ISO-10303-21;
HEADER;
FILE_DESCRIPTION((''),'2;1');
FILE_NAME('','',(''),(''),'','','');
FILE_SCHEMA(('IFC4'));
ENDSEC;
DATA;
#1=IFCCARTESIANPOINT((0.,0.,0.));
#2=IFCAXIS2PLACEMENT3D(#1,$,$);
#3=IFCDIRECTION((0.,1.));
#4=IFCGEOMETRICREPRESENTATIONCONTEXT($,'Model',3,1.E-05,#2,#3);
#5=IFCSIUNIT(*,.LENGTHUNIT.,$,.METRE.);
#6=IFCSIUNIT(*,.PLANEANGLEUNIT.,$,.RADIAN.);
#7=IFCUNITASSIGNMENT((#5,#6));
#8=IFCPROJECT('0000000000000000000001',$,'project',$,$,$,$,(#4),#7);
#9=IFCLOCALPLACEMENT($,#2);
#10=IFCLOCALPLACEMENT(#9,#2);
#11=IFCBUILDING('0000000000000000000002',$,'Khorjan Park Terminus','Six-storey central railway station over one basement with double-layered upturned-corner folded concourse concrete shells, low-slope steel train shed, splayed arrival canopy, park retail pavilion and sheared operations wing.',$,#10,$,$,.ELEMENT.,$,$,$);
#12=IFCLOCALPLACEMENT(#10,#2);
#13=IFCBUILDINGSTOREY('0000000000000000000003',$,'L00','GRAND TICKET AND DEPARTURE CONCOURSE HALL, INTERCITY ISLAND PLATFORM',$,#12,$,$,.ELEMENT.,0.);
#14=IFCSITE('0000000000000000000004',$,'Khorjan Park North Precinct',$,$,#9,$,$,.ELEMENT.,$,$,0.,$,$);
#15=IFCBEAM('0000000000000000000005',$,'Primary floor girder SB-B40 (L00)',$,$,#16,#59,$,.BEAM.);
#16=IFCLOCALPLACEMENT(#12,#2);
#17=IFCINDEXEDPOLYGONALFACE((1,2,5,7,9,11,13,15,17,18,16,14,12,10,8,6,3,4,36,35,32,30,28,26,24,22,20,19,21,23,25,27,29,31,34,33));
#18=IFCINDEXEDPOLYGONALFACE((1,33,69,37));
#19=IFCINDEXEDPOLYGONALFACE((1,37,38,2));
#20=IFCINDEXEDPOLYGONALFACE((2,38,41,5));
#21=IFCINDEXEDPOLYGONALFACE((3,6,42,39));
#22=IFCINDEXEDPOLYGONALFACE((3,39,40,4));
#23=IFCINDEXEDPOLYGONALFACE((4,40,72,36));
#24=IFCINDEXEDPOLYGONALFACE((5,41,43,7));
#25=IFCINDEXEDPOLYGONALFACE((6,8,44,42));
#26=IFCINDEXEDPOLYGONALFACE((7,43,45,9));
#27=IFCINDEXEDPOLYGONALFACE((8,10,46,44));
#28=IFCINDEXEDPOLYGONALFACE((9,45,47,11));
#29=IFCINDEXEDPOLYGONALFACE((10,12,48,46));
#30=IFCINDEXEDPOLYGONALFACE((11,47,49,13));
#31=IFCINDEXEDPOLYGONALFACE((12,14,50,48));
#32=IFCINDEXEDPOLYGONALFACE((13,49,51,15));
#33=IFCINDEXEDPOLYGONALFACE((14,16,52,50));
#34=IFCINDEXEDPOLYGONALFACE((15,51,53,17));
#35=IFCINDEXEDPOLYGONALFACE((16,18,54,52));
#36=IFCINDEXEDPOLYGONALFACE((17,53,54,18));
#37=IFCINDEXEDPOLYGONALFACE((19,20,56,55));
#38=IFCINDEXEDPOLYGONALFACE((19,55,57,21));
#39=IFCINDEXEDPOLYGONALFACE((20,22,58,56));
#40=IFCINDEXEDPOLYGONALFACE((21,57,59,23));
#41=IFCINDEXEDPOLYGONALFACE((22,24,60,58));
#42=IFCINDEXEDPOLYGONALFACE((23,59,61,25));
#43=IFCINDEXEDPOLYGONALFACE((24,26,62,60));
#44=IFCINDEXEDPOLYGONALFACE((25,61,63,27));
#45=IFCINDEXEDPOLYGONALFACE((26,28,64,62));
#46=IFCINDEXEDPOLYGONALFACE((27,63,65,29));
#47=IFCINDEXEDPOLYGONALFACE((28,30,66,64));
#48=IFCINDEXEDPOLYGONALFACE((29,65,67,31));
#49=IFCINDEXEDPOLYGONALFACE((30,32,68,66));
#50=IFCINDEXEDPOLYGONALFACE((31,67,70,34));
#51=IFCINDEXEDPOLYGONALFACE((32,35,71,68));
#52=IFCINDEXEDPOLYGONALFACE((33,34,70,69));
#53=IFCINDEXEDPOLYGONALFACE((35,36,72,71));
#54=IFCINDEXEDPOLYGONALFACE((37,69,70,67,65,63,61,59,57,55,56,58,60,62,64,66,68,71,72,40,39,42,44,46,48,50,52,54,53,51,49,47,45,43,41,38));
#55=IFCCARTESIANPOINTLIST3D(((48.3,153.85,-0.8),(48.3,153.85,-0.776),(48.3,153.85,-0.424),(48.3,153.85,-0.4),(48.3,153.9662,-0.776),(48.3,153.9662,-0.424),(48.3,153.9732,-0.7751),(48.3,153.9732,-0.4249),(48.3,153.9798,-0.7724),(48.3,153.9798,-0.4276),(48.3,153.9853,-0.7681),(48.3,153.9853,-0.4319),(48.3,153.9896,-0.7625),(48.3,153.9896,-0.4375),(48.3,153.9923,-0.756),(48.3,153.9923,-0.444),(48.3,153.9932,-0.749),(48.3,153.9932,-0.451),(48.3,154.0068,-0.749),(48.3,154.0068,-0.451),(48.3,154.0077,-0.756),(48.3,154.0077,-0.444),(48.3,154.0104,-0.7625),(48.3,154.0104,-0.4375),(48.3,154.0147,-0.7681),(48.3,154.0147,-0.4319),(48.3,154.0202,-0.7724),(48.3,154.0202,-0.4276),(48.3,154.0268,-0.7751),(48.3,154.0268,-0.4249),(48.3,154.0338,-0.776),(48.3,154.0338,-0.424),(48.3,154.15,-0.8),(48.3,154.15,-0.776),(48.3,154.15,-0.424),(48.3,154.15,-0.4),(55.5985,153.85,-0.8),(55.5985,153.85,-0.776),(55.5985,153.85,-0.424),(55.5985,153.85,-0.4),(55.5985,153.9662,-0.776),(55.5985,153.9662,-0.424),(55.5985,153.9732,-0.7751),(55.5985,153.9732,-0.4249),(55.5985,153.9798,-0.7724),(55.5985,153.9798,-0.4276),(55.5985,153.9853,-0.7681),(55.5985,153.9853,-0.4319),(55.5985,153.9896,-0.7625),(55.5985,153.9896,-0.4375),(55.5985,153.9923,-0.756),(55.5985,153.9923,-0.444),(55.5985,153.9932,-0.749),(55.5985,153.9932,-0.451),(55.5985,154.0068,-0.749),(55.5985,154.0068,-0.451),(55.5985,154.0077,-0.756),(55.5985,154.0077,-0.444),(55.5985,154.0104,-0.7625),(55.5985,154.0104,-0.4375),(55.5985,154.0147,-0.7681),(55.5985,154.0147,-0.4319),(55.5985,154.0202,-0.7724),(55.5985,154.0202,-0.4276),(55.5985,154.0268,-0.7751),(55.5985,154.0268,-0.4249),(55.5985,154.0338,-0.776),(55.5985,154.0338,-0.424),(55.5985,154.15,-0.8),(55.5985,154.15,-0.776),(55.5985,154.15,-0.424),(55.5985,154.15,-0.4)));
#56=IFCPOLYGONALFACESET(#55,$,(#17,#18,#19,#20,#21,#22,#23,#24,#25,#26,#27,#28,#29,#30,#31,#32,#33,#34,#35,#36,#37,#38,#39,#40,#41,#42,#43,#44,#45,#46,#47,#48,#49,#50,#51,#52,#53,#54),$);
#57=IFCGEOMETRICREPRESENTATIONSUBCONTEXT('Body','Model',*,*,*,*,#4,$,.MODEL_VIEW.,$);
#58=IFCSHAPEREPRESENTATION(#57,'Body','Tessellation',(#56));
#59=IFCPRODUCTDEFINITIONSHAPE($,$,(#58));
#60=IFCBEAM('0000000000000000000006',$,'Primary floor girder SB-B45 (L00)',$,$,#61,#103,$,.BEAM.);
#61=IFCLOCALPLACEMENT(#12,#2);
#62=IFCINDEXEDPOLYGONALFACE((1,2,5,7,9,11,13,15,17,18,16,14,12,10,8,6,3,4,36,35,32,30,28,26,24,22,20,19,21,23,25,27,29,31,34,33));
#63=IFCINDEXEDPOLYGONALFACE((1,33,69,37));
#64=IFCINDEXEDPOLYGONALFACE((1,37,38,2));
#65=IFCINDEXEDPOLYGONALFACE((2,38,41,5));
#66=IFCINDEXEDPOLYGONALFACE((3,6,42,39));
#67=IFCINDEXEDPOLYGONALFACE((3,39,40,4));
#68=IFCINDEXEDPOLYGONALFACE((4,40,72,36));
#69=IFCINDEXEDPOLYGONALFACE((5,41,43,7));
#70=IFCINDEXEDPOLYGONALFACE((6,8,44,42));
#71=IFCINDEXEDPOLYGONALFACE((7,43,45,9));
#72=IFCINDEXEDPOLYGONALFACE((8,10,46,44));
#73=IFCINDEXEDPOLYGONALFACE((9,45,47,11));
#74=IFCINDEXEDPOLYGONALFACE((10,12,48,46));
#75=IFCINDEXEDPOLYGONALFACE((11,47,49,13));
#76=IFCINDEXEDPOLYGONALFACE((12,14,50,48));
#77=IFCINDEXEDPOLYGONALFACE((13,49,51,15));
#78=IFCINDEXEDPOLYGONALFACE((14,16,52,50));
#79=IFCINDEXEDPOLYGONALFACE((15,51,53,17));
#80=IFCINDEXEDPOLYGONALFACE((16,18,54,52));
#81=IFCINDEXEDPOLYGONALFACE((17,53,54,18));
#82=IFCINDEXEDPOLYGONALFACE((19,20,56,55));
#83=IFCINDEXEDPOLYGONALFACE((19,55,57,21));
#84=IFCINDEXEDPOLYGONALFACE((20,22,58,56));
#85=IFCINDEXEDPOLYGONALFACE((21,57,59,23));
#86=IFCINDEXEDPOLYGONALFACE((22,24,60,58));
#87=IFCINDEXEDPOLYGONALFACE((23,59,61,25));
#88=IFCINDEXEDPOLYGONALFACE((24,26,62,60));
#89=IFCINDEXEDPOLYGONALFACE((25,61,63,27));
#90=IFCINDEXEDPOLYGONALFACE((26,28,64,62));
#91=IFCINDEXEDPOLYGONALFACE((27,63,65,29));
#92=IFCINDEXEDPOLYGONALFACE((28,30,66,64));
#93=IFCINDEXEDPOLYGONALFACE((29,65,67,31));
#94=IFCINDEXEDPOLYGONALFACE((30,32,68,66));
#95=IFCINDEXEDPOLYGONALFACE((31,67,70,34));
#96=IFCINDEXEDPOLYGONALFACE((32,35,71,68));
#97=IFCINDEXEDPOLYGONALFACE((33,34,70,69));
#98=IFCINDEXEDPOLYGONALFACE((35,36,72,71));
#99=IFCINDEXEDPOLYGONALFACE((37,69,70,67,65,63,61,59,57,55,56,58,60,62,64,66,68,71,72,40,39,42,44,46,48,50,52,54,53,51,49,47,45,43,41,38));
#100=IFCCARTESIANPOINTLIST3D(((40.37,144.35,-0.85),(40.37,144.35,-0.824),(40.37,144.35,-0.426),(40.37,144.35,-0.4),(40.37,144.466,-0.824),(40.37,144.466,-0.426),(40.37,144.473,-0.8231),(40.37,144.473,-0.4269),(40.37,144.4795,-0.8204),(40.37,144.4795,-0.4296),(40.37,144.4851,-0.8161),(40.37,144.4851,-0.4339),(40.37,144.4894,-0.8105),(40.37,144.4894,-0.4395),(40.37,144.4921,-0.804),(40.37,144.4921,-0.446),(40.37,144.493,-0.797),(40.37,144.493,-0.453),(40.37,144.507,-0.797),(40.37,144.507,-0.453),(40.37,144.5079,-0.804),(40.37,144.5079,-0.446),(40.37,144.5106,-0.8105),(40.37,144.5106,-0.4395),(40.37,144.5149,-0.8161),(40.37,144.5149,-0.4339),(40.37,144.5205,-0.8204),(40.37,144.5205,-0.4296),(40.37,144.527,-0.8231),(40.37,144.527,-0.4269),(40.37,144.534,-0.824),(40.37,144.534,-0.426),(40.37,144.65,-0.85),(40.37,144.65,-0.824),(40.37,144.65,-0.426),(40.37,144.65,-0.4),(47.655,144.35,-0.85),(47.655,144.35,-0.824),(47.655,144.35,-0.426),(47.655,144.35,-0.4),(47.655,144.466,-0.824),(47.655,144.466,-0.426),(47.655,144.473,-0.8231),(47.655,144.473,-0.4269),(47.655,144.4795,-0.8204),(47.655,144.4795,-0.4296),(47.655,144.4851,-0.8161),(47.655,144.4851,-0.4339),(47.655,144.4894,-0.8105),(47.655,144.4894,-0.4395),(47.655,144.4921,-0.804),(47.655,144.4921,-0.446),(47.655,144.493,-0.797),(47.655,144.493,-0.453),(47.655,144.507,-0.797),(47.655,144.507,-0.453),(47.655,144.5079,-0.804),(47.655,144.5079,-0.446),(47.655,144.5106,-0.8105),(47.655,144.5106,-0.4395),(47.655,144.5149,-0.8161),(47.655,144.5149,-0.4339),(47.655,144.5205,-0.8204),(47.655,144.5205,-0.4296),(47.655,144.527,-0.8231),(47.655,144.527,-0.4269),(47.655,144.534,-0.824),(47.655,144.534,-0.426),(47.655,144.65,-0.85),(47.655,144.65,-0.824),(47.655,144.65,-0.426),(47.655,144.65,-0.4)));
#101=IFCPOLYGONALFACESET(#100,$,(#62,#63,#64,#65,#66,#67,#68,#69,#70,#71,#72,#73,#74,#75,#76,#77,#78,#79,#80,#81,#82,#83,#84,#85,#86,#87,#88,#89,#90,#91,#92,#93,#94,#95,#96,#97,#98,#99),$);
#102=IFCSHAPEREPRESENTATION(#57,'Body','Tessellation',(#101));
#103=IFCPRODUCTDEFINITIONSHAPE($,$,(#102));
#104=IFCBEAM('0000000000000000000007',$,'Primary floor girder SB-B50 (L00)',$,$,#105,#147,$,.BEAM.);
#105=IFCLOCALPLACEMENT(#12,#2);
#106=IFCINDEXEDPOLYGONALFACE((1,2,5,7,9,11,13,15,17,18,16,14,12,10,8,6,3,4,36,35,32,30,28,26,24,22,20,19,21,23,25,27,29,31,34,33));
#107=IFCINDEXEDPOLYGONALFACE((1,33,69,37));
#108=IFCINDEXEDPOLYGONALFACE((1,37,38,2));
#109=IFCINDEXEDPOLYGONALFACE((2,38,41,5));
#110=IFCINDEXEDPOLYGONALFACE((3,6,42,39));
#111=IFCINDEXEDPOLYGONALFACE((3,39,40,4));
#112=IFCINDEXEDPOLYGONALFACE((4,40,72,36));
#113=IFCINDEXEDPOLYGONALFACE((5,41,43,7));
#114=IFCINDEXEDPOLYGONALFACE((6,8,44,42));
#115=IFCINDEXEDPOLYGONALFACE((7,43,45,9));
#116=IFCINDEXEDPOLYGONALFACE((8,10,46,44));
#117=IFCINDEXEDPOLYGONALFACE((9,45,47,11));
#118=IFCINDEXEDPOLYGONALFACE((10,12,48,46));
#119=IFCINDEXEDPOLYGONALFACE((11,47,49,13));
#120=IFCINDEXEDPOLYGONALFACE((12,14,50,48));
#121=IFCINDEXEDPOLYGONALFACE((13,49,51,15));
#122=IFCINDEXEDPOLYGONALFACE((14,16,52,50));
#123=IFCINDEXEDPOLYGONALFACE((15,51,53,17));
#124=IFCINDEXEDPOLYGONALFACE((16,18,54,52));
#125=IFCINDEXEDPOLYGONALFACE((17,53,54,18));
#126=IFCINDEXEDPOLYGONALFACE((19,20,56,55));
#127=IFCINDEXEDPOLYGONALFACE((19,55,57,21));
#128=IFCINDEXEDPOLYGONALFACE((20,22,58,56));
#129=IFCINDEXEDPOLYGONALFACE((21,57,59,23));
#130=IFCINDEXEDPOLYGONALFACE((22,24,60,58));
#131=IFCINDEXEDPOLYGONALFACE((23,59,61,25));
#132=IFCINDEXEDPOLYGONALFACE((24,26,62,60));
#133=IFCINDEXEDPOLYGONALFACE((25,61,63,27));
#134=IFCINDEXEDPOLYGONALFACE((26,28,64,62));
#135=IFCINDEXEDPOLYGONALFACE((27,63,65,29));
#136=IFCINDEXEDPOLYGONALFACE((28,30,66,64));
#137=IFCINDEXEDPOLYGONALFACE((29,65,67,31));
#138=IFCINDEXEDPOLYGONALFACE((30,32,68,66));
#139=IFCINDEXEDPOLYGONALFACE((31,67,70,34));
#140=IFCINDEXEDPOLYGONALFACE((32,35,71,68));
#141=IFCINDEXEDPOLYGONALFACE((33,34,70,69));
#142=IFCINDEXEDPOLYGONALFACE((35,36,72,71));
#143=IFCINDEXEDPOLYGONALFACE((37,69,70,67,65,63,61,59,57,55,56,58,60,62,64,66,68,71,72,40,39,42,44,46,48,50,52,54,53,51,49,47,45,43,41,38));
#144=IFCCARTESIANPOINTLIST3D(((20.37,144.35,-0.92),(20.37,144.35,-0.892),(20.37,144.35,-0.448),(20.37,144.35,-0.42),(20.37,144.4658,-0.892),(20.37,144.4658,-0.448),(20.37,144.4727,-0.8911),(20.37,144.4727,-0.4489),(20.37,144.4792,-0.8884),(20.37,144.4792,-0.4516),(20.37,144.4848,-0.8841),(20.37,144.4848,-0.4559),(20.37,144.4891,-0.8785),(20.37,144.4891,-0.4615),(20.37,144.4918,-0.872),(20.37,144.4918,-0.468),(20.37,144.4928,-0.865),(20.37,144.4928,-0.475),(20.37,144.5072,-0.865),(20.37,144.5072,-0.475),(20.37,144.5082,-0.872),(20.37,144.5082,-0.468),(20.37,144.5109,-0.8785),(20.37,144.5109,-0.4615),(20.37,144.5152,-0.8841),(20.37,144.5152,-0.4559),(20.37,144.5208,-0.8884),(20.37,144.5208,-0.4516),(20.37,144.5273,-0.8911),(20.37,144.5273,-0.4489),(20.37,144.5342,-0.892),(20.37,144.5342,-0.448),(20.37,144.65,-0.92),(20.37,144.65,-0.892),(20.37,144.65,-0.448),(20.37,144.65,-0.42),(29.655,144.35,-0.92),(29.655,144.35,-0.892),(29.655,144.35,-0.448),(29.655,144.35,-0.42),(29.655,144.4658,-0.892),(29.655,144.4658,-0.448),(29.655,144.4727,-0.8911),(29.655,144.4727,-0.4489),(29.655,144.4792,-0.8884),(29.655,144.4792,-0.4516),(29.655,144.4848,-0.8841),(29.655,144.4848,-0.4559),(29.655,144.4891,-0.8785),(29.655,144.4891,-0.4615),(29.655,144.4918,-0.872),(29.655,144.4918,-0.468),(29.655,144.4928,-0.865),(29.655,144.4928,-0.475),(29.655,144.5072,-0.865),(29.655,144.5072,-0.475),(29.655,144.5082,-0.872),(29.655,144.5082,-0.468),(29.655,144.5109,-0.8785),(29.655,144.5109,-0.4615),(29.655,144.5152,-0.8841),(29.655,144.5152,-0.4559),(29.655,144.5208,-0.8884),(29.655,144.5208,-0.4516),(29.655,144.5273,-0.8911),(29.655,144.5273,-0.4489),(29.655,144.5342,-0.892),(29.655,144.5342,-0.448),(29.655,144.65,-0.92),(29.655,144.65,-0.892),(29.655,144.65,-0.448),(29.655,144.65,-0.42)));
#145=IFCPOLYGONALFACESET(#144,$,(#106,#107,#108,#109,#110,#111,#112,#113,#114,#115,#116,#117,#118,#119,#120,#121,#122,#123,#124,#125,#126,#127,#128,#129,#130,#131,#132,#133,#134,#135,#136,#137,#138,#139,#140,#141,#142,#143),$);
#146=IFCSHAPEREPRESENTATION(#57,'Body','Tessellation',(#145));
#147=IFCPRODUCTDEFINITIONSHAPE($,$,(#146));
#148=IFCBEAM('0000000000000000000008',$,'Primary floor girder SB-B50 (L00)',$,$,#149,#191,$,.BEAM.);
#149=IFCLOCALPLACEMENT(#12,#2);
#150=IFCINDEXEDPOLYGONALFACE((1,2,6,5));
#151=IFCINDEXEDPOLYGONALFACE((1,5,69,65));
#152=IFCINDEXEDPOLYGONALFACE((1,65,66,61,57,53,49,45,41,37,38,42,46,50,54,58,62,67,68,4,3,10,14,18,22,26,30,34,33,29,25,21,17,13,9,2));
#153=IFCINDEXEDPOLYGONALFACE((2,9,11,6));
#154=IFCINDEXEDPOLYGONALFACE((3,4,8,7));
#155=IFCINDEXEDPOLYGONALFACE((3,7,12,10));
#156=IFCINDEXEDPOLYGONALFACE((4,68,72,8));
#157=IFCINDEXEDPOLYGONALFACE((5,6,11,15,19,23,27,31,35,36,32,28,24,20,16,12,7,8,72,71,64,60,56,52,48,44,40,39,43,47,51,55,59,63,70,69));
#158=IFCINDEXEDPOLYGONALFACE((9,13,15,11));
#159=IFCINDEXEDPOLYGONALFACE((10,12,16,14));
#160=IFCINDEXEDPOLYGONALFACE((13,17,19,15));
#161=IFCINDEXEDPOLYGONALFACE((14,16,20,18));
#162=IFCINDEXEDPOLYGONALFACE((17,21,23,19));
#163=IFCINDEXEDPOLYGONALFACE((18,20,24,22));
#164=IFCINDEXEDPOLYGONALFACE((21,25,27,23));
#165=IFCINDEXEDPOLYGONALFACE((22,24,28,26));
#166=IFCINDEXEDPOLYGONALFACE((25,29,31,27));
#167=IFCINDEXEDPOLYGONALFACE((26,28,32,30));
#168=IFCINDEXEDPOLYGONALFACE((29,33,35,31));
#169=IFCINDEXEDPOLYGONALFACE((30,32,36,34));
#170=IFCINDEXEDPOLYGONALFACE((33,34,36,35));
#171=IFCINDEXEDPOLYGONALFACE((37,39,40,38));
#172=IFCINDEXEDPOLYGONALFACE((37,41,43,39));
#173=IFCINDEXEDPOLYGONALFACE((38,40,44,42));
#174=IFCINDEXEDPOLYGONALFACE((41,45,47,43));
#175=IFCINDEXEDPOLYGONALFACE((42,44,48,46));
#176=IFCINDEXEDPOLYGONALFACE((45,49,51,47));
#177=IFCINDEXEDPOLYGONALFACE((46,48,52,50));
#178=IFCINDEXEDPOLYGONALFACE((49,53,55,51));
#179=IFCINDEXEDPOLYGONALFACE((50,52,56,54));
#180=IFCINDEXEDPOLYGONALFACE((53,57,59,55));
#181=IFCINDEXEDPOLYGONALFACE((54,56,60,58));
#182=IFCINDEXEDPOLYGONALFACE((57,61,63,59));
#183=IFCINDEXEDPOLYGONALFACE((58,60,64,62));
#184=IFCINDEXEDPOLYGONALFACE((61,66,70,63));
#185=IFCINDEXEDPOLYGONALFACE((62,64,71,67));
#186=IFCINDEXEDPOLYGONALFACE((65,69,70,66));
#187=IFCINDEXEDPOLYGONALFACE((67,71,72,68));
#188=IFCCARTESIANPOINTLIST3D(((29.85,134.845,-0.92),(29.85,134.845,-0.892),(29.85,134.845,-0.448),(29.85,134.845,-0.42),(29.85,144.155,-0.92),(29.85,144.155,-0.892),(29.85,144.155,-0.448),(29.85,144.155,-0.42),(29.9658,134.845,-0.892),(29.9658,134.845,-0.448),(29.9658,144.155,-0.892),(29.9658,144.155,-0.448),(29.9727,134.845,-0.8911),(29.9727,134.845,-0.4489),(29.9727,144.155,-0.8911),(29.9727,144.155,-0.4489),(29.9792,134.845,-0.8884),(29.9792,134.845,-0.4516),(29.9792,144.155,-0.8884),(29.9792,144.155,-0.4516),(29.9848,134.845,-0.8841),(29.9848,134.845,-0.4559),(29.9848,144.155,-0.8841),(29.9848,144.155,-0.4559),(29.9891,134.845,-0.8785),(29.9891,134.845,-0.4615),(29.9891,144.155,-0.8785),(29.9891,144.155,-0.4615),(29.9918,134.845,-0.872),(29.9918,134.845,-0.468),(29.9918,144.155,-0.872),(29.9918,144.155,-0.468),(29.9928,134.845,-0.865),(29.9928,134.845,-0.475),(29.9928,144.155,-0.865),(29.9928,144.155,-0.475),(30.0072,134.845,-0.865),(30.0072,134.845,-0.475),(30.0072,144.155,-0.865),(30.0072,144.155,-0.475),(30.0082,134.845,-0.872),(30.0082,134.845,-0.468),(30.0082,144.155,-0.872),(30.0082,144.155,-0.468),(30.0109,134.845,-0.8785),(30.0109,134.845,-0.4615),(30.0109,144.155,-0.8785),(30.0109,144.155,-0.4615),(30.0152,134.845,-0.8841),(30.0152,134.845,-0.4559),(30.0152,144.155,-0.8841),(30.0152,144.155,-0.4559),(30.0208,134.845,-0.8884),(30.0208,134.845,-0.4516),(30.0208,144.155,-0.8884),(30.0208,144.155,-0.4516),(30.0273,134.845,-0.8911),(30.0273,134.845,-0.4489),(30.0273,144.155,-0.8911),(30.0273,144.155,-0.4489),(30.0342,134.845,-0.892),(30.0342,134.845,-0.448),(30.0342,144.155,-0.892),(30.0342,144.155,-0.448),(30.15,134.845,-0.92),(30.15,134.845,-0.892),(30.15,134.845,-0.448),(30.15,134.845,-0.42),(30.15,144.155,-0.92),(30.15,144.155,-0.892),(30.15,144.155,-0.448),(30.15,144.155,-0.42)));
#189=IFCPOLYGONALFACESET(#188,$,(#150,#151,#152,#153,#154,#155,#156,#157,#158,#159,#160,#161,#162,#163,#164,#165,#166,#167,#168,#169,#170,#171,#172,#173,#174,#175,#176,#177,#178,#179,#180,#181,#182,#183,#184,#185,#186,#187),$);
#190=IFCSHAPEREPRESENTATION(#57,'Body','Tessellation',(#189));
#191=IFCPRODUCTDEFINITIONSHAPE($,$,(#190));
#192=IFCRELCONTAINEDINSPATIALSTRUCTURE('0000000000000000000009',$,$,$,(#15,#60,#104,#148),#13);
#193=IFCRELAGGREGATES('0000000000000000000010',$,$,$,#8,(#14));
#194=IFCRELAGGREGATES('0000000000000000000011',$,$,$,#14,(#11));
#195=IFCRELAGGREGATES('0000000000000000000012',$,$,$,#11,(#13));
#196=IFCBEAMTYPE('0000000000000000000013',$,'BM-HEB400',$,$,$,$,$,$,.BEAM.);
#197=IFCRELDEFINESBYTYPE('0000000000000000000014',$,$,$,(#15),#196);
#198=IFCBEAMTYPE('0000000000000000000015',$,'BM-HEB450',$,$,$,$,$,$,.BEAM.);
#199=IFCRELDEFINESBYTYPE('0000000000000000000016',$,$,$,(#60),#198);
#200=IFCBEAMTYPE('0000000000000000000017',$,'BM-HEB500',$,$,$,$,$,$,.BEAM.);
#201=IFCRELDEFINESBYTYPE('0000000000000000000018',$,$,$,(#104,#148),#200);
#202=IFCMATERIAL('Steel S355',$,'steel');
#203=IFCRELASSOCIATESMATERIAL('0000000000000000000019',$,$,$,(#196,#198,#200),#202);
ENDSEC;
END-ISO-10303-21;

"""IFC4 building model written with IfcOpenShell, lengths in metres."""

from ifc_helpers import new_model, si_unit, direction, frame, origin, origin_2d, place, context, subcontext, project, spatial, i_section, extrude, material, material_profile, profile_set, type_object, element, save


model = new_model("IFC4")

# Units and contexts
model_context = context("Model", 3, precision=1e-05, world=origin(), true_north=direction((0.0, 1.0)))
body_context = subcontext(model_context, "Body", "Model", "MODEL_VIEW")
ifc_project = project(units=[si_unit("LENGTHUNIT", "METRE"), si_unit("PLANEANGLEUNIT", "RADIAN")], contexts=[model_context])

# Site, building, storey
site_placement = place(None, origin())
site = spatial("IfcSite", under=ifc_project, at=site_placement, Name="Khorjan Park North Precinct", CompositionType="ELEMENT", RefElevation=0.0)
building_placement = place(site_placement, origin())
building = spatial("IfcBuilding", under=site, at=building_placement, Name="Khorjan Park Terminus", Description="Six-storey central railway station over one basement with double-layered upturned-corner folded concourse concrete shells, low-slope steel train shed, splayed arrival canopy, park retail pavilion and sheared operations wing.", CompositionType="ELEMENT")
storey_placement = place(building_placement, origin())
storey = spatial("IfcBuildingStorey", under=building, at=storey_placement, Name="L00", Description="GRAND TICKET AND DEPARTURE CONCOURSE HALL, INTERCITY ISLAND PLATFORM", CompositionType="ELEMENT", Elevation=0.0)

# Shared definitions
ifc_material = material(Name="Steel S355", Category="steel")

# Beams
ifc_material_profile_1 = material_profile(ifc_material, i_section(OverallWidth=0.3, OverallDepth=0.4, WebThickness=0.0135, FlangeThickness=0.024, FilletRadius=0.027, at=origin_2d()), Name="HEB 400")
ifc_profile_set_1 = profile_set([ifc_material_profile_1], Name="Steel S355")
beam_type_1 = type_object("IfcBeamType", Name="BM-HEB400", PredefinedType="BEAM", material=ifc_profile_set_1)
beam_1_placement = place(storey_placement, frame((48.3, 154.0, -0.6), z_axis=(1.0, 0.0, 0.0), x_axis=(0.0, 1.0, 0.0)))
element("IfcBeam", 1, at=beam_1_placement, inside=storey, type_object=beam_type_1, Name="Primary floor girder SB-B40 (L00)", PredefinedType="BEAM", context=body_context, shape_type="SweptSolid", body=[
    extrude(i_section(OverallWidth=0.3, OverallDepth=0.4, WebThickness=0.0135, FlangeThickness=0.024, FilletRadius=0.027, at=origin_2d()), origin(), (0.0, 0.0, 1.0), 7.2985),
])
ifc_material_profile_2 = material_profile(ifc_material, i_section(OverallWidth=0.3, OverallDepth=0.45, WebThickness=0.014, FlangeThickness=0.026, FilletRadius=0.027, at=origin_2d()), Name="HEB 450")
ifc_profile_set_2 = profile_set([ifc_material_profile_2], Name="Steel S355")
beam_type_2 = type_object("IfcBeamType", Name="BM-HEB450", PredefinedType="BEAM", material=ifc_profile_set_2)
beam_2_placement = place(storey_placement, frame((40.37, 144.5, -0.625), z_axis=(1.0, 0.0, 0.0), x_axis=(0.0, 1.0, 0.0)))
element("IfcBeam", 2, at=beam_2_placement, inside=storey, type_object=beam_type_2, Name="Primary floor girder SB-B45 (L00)", PredefinedType="BEAM", context=body_context, shape_type="SweptSolid", body=[
    extrude(i_section(OverallWidth=0.3, OverallDepth=0.45, WebThickness=0.014, FlangeThickness=0.026, FilletRadius=0.027, at=origin_2d()), origin(), (0.0, 0.0, 1.0), 7.285),
])
ifc_material_profile_3 = material_profile(ifc_material, i_section(OverallWidth=0.3, OverallDepth=0.5, WebThickness=0.0145, FlangeThickness=0.028, FilletRadius=0.027, at=origin_2d()), Name="HEB 500")
ifc_profile_set_3 = profile_set([ifc_material_profile_3], Name="Steel S355")
beam_type_3 = type_object("IfcBeamType", Name="BM-HEB500", PredefinedType="BEAM", material=ifc_profile_set_3)
beam_3_placement = place(storey_placement, frame((20.37, 144.5, -0.67), z_axis=(1.0, 0.0, 0.0), x_axis=(0.0, 1.0, 0.0)))
element("IfcBeam", 3, at=beam_3_placement, inside=storey, type_object=beam_type_3, Name="Primary floor girder SB-B50 (L00)", PredefinedType="BEAM", context=body_context, shape_type="SweptSolid", body=[
    extrude(i_section(OverallWidth=0.3, OverallDepth=0.5, WebThickness=0.0145, FlangeThickness=0.028, FilletRadius=0.027, at=origin_2d()), origin(), (0.0, 0.0, 1.0), 9.285),
])
beam_4_placement = place(storey_placement, frame((30.0, 134.845, -0.67), z_axis=(0.0, 1.0, 0.0), x_axis=(-1.0, 0.0, 0.0)))
element("IfcBeam", 4, at=beam_4_placement, inside=storey, type_object=beam_type_3, Name="Primary floor girder SB-B50 (L00)", PredefinedType="BEAM", context=body_context, shape_type="SweptSolid", body=[
    extrude(i_section(OverallWidth=0.3, OverallDepth=0.5, WebThickness=0.0145, FlangeThickness=0.028, FilletRadius=0.027, at=origin_2d()), origin(), (0.0, 0.0, 1.0), 9.31),
])

save(model, "model.ifc")
